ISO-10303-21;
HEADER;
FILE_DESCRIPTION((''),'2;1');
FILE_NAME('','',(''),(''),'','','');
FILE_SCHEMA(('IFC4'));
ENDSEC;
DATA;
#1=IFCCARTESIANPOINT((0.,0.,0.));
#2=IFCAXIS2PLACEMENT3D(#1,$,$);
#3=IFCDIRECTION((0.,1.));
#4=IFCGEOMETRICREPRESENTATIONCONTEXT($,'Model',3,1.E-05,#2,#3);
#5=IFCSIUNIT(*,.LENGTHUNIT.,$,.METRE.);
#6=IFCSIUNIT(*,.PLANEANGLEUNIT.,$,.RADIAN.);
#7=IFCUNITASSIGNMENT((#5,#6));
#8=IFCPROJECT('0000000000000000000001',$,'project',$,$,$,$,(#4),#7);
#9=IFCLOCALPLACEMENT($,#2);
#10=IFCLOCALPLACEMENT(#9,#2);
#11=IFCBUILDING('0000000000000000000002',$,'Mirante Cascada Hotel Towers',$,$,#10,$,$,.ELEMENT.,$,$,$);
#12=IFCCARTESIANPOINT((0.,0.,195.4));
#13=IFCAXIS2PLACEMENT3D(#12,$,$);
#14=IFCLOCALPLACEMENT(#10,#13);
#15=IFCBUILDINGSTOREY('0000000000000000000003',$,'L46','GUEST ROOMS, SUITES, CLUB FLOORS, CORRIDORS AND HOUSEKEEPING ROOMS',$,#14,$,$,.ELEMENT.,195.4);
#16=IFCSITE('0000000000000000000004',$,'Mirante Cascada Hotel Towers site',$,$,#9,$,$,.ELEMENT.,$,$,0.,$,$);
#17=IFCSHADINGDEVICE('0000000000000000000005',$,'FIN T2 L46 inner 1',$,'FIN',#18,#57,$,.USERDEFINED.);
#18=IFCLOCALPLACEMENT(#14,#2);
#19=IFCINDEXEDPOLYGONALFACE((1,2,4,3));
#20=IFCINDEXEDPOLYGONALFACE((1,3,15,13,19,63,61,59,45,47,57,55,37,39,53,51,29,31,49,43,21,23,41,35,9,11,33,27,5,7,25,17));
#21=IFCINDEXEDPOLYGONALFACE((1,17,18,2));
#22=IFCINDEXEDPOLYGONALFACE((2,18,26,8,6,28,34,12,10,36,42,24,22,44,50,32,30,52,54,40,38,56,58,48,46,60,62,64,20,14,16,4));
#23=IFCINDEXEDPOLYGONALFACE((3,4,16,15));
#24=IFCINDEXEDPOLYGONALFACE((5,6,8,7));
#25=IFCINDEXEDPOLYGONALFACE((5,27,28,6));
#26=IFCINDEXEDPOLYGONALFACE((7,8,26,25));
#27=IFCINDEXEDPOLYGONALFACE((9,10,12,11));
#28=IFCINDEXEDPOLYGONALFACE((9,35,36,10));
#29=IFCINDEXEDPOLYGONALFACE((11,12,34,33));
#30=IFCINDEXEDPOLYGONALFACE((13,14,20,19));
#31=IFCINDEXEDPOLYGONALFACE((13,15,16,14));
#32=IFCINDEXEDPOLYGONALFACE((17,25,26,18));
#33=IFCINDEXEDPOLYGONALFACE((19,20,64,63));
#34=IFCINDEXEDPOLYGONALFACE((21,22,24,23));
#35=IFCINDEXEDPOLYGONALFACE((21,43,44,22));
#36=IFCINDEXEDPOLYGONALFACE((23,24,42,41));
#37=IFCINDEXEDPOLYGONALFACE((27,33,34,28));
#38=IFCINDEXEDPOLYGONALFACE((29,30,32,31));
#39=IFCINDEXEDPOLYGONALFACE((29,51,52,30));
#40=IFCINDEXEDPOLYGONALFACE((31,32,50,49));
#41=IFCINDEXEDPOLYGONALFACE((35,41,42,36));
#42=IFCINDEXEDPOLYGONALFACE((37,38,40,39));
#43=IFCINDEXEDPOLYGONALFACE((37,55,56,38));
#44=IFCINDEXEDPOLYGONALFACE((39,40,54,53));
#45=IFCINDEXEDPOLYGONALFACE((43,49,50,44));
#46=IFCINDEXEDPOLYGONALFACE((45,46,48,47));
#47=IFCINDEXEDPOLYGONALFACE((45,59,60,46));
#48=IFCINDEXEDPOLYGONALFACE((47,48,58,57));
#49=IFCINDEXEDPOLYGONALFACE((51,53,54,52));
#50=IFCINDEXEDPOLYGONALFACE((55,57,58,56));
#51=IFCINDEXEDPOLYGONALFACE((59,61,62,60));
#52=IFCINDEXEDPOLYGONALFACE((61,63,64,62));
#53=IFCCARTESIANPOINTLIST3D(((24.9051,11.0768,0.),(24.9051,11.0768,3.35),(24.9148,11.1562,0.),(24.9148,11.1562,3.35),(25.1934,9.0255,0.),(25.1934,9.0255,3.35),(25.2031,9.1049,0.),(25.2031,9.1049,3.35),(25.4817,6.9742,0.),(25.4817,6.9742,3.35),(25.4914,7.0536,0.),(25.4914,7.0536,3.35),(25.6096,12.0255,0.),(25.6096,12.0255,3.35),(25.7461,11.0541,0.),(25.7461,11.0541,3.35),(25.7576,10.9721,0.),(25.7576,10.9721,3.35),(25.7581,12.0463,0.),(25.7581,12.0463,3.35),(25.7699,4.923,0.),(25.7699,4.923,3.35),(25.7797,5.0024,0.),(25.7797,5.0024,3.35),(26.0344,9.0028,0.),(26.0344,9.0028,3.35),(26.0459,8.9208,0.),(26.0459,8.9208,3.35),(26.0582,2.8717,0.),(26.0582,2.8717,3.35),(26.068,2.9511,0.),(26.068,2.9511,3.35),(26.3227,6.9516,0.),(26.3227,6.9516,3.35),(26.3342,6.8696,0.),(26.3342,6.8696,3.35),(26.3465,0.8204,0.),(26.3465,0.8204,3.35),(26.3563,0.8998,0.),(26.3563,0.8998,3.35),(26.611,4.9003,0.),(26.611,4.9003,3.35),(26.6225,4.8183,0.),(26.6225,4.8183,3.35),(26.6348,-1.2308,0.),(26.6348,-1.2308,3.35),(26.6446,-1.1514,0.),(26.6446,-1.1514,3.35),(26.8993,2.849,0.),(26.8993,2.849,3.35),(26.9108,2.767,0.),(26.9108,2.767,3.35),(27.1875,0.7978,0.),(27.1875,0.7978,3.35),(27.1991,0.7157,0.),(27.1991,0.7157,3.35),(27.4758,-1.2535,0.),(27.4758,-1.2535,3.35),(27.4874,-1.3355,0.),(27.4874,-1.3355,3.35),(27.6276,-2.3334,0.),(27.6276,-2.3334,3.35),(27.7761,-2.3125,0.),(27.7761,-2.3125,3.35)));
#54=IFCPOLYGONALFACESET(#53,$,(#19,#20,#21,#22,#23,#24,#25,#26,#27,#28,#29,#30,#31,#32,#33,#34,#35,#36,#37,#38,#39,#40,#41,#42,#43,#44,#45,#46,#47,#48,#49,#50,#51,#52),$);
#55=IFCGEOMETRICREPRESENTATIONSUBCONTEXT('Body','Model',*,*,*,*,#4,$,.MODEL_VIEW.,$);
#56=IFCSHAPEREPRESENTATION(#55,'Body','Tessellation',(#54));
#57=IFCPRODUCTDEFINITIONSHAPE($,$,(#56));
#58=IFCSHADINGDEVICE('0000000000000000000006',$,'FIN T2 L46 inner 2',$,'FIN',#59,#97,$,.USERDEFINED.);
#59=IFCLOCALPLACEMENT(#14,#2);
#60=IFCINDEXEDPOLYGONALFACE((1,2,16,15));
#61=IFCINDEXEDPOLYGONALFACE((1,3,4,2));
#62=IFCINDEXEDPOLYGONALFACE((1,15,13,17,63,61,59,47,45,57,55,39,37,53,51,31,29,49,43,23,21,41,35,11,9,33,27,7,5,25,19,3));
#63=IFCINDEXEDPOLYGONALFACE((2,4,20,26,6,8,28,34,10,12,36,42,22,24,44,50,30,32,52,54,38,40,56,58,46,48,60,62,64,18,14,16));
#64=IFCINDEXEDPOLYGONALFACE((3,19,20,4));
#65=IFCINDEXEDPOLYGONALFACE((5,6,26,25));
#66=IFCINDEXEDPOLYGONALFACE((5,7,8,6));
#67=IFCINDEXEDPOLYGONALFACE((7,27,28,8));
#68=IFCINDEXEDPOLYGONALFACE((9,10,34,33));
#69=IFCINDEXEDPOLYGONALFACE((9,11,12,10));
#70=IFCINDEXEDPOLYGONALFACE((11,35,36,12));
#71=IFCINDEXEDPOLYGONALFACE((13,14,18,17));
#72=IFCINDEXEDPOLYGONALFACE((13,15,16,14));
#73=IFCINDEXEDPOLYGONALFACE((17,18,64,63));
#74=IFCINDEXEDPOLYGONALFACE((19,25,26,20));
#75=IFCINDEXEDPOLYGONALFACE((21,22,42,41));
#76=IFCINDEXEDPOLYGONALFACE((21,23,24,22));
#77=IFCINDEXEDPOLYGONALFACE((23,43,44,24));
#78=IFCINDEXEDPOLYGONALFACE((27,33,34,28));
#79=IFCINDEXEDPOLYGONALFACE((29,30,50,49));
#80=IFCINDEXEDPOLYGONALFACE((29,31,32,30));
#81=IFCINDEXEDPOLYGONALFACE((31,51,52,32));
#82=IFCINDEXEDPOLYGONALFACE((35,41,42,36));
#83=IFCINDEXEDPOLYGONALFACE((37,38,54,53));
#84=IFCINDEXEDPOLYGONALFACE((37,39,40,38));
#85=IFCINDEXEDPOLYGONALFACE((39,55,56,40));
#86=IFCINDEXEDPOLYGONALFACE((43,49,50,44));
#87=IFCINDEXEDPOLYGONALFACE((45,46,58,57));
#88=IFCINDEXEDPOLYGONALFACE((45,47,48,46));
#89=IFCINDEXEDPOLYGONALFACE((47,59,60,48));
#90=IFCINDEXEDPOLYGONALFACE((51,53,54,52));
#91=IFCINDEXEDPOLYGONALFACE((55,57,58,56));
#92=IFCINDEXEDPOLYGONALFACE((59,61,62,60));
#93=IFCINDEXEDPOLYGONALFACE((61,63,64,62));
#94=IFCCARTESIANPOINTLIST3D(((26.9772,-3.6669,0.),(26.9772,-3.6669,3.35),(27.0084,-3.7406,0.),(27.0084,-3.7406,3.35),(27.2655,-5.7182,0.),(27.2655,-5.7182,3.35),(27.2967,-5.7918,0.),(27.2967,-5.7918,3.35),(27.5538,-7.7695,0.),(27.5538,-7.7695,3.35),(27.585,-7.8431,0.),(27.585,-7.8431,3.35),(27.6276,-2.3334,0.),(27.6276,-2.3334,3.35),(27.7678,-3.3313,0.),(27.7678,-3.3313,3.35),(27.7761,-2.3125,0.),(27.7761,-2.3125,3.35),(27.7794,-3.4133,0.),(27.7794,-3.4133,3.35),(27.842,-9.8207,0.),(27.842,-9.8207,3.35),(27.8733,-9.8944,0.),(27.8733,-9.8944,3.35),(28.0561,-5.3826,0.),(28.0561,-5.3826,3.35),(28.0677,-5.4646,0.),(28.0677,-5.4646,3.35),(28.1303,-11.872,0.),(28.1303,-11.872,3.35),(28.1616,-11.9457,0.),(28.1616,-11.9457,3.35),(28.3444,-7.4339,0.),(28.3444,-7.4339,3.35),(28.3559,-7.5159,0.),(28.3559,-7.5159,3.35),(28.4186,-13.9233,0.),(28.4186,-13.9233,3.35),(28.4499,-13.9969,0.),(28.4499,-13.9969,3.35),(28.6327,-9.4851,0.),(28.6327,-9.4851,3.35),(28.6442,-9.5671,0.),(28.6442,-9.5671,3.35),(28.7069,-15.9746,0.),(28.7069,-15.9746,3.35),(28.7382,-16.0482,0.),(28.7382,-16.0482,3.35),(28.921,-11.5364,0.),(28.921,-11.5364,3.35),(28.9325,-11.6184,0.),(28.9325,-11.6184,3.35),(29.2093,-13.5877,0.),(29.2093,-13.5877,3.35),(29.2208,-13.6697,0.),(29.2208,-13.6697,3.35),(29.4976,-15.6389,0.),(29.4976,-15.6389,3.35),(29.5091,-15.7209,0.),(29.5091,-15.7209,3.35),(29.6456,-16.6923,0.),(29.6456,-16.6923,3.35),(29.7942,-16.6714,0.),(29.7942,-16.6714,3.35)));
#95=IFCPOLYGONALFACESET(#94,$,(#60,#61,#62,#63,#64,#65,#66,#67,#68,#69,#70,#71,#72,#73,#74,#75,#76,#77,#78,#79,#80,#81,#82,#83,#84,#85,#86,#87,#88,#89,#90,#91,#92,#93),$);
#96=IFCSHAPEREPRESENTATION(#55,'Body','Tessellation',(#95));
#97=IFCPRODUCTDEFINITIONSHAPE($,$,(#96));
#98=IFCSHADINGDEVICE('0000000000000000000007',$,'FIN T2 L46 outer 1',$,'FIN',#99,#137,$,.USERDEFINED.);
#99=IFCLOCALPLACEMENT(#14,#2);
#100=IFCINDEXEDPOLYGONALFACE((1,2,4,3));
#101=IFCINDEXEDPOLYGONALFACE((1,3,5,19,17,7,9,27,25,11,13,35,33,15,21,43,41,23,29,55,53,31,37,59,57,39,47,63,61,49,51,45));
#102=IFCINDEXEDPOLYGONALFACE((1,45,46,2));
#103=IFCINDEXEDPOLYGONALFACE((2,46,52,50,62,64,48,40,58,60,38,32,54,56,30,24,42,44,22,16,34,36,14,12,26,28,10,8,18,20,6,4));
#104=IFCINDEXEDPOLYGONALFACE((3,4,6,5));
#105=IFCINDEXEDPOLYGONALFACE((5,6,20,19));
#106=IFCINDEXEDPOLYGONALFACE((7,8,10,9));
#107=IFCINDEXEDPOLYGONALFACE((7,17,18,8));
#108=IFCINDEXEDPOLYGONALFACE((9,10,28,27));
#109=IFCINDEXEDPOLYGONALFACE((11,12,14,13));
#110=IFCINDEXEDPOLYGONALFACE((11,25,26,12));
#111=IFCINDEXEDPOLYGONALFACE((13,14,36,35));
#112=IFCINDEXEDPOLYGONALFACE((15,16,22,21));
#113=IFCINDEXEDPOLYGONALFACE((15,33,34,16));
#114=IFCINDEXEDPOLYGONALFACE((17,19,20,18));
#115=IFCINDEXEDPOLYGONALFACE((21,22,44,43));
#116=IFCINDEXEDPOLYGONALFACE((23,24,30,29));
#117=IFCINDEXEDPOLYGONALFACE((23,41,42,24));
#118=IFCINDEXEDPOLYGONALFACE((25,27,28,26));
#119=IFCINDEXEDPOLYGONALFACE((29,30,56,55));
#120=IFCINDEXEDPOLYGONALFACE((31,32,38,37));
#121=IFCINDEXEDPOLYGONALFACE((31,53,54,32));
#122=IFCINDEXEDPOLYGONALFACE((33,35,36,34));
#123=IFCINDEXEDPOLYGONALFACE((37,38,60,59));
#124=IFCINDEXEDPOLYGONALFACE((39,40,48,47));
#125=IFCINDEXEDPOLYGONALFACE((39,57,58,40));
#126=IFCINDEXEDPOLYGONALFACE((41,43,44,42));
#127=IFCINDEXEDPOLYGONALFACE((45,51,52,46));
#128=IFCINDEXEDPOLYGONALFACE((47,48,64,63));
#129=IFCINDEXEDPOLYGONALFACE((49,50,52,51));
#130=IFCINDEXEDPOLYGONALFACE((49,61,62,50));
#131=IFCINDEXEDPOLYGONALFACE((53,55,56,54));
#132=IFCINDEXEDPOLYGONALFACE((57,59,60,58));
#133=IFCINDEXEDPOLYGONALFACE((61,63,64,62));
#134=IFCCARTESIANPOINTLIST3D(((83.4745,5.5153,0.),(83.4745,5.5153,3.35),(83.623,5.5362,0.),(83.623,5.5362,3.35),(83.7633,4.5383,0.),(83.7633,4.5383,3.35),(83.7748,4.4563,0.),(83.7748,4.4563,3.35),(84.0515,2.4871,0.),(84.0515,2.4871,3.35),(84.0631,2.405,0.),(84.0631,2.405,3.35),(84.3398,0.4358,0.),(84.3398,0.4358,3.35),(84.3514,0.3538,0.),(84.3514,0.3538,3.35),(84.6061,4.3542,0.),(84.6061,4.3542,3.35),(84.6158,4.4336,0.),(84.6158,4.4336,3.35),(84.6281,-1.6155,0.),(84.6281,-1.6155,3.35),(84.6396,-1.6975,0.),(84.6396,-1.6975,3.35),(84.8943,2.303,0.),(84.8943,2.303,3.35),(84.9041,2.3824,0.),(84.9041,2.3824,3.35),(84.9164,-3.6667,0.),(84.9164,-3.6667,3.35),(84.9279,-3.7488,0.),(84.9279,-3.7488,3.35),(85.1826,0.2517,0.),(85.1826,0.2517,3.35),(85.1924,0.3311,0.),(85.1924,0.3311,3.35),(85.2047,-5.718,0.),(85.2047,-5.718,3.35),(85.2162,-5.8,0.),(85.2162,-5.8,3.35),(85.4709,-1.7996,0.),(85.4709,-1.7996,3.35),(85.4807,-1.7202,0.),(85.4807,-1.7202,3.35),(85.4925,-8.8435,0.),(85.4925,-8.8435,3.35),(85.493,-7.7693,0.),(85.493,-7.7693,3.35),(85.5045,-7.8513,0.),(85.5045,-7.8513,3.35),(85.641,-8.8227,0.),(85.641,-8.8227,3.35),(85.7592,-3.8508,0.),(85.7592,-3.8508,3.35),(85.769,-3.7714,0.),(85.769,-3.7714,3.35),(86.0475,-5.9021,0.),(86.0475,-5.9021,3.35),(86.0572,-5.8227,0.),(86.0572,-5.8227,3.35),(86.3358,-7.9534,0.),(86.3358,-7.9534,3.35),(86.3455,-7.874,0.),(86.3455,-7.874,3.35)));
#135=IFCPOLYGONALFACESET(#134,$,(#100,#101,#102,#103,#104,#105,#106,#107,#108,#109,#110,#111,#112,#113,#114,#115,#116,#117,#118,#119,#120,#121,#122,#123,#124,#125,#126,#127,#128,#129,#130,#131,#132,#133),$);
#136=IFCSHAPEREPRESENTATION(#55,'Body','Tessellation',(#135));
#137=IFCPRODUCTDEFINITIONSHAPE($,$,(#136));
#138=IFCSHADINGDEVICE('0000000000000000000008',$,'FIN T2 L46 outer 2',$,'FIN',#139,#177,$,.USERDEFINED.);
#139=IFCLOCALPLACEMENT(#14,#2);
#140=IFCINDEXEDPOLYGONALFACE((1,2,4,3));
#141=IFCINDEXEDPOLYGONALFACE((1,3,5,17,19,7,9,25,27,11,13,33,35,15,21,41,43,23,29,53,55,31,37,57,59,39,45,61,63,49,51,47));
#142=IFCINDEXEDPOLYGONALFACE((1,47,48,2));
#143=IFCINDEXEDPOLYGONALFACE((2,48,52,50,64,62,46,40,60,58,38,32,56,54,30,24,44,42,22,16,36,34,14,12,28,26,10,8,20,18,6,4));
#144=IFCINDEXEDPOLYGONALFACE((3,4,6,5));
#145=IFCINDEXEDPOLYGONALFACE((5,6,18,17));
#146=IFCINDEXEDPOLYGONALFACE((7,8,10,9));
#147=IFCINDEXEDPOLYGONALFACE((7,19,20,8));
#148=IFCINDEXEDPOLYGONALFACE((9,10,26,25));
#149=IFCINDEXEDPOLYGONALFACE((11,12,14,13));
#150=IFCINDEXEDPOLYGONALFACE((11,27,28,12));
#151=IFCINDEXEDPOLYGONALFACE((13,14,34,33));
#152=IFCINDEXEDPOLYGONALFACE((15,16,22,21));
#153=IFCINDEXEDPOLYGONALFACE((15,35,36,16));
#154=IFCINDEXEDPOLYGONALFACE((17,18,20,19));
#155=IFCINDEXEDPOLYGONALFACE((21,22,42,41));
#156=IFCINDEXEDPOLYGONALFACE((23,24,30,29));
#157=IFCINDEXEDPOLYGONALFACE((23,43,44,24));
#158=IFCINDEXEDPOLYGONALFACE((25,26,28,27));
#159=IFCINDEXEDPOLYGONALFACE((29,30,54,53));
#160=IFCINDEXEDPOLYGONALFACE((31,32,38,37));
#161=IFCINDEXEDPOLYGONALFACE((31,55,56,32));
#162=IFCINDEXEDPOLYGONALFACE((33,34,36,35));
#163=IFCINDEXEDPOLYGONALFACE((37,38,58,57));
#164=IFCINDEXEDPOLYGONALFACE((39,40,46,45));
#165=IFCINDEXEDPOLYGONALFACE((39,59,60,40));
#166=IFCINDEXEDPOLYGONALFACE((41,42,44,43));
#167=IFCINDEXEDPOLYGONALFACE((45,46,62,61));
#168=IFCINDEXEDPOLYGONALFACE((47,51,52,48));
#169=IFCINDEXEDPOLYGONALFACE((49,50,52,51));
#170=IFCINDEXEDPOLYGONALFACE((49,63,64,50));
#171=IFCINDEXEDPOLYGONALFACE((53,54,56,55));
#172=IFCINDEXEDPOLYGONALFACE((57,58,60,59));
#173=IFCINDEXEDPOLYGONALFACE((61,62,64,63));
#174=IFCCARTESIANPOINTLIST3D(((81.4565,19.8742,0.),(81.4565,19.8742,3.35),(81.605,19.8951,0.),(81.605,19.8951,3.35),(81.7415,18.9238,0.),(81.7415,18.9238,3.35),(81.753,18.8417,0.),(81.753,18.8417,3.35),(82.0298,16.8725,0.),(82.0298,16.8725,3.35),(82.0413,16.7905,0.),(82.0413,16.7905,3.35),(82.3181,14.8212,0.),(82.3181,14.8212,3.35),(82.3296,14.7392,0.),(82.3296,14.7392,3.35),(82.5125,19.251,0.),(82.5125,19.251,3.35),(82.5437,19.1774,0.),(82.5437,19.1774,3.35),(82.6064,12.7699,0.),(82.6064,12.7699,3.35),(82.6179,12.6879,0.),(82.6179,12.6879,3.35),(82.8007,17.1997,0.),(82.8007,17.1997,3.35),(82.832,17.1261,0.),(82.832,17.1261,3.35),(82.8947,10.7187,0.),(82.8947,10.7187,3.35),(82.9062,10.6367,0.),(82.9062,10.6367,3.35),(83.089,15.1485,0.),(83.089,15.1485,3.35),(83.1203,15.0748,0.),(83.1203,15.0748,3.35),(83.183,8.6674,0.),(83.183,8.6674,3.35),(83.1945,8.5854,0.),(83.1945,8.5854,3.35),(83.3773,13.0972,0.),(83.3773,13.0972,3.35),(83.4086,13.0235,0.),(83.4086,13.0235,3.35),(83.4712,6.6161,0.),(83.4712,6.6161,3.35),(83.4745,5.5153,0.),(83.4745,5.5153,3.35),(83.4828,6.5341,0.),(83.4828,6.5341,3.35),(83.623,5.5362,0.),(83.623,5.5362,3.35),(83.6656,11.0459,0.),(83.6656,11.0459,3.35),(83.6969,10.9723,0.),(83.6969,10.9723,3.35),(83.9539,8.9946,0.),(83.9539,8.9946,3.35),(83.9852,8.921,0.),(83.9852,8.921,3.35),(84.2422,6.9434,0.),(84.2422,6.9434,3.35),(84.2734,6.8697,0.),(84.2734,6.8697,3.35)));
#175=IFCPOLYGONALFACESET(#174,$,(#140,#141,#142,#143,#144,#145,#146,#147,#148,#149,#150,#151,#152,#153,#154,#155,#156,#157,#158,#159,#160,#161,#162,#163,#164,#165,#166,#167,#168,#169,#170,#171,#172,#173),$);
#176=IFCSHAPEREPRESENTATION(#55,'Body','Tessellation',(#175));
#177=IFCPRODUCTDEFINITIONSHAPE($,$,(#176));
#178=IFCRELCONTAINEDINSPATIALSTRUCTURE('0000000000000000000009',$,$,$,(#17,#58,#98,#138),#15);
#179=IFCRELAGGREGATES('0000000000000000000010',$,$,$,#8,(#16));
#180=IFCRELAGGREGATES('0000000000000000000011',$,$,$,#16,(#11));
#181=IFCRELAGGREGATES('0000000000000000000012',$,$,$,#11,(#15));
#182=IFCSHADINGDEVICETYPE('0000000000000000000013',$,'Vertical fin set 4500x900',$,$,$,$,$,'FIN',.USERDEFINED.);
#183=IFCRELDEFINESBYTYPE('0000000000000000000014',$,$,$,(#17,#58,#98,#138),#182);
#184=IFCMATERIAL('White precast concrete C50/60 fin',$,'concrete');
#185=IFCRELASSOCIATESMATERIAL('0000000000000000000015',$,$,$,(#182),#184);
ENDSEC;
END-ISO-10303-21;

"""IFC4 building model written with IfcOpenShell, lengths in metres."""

from ifc_helpers import new_model, si_unit, direction, frame, origin, place, context, subcontext, project, spatial, polyline, outline, extrude, material, type_object, element, save


model = new_model("IFC4")

# Units and contexts
model_context = context("Model", 3, precision=1e-05, world=origin(), true_north=direction((0.0, 1.0)))
body_context = subcontext(model_context, "Body", "Model", "MODEL_VIEW")
ifc_project = project(units=[si_unit("LENGTHUNIT", "METRE"), si_unit("PLANEANGLEUNIT", "RADIAN")], contexts=[model_context])

# Site, building, storey
site_placement = place(None, origin())
site = spatial("IfcSite", under=ifc_project, at=site_placement, Name="Mirante Cascada Hotel Towers site", CompositionType="ELEMENT", RefElevation=0.0)
building_placement = place(site_placement, origin())
building = spatial("IfcBuilding", under=site, at=building_placement, Name="Mirante Cascada Hotel Towers", CompositionType="ELEMENT")
storey_placement = place(building_placement, frame((0.0, 0.0, 195.4)))
storey = spatial("IfcBuildingStorey", under=building, at=storey_placement, Name="L46", Description="GUEST ROOMS, SUITES, CLUB FLOORS, CORRIDORS AND HOUSEKEEPING ROOMS", CompositionType="ELEMENT", Elevation=195.4)

# Shading devices
ifc_material_1 = material(Name="White precast concrete C50/60 fin", Category="concrete")
shading_device_type = type_object("IfcShadingDeviceType", Name="Vertical fin set 4500x900", ElementType="FIN", PredefinedType="USERDEFINED", material=ifc_material_1)
shading_device_1_placement = place(storey_placement, origin())
element("IfcShadingDevice", 1, at=shading_device_1_placement, inside=storey, type_object=shading_device_type, Name="FIN T2 L46 inner 1", ObjectType="FIN", PredefinedType="USERDEFINED", context=body_context, shape_type="SweptSolid", body=[
    extrude(outline(polyline([(26.6446, -1.1514), (27.4758, -1.2535), (27.1991, 0.7157), (26.3465, 0.8204), (26.3563, 0.8998), (27.1875, 0.7978), (26.9108, 2.767), (26.0582, 2.8717), (26.068, 2.9511), (26.8993, 2.849), (26.6225, 4.8183), (25.7699, 4.923), (25.7797, 5.0024), (26.611, 4.9003), (26.3342, 6.8696), (25.4817, 6.9742), (25.4914, 7.0536), (26.3227, 6.9516), (26.0459, 8.9208), (25.1934, 9.0255), (25.2031, 9.1049), (26.0344, 9.0028), (25.7576, 10.9721), (24.9051, 11.0768), (24.9148, 11.1562), (25.7461, 11.0541), (25.6096, 12.0255), (25.7581, 12.0463), (27.7761, -2.3125), (27.6276, -2.3334), (27.4874, -1.3355), (26.6348, -1.2308), (26.6446, -1.1514)])), origin(), (0.0, 0.0, 1.0), 3.35),
])
shading_device_2_placement = place(storey_placement, origin())
element("IfcShadingDevice", 2, at=shading_device_2_placement, inside=storey, type_object=shading_device_type, Name="FIN T2 L46 inner 2", ObjectType="FIN", PredefinedType="USERDEFINED", context=body_context, shape_type="SweptSolid", body=[
    extrude(outline(polyline([(28.7069, -15.9746), (29.4976, -15.6389), (29.2208, -13.6697), (28.4499, -13.9969), (28.4186, -13.9233), (29.2093, -13.5877), (28.9325, -11.6184), (28.1616, -11.9457), (28.1303, -11.872), (28.921, -11.5364), (28.6442, -9.5671), (27.8733, -9.8944), (27.842, -9.8207), (28.6327, -9.4851), (28.3559, -7.5159), (27.585, -7.8431), (27.5538, -7.7695), (28.3444, -7.4339), (28.0677, -5.4646), (27.2967, -5.7918), (27.2655, -5.7182), (28.0561, -5.3826), (27.7794, -3.4133), (27.0084, -3.7406), (26.9772, -3.6669), (27.7678, -3.3313), (27.6276, -2.3334), (27.7761, -2.3125), (29.7942, -16.6714), (29.6456, -16.6923), (29.5091, -15.7209), (28.7382, -16.0482), (28.7069, -15.9746)])), origin(), (0.0, 0.0, 1.0), 3.35),
])
shading_device_3_placement = place(storey_placement, origin())
element("IfcShadingDevice", 3, at=shading_device_3_placement, inside=storey, type_object=shading_device_type, Name="FIN T2 L46 outer 1", ObjectType="FIN", PredefinedType="USERDEFINED", context=body_context, shape_type="SweptSolid", body=[
    extrude(outline(polyline([(86.3358, -7.9534), (85.5045, -7.8513), (85.641, -8.8227), (85.4925, -8.8435), (83.4745, 5.5153), (83.623, 5.5362), (83.7633, 4.5383), (84.6158, 4.4336), (84.6061, 4.3542), (83.7748, 4.4563), (84.0515, 2.4871), (84.9041, 2.3824), (84.8943, 2.303), (84.0631, 2.405), (84.3398, 0.4358), (85.1924, 0.3311), (85.1826, 0.2517), (84.3514, 0.3538), (84.6281, -1.6155), (85.4807, -1.7202), (85.4709, -1.7996), (84.6396, -1.6975), (84.9164, -3.6667), (85.769, -3.7714), (85.7592, -3.8508), (84.9279, -3.7488), (85.2047, -5.718), (86.0572, -5.8227), (86.0475, -5.9021), (85.2162, -5.8), (85.493, -7.7693), (86.3455, -7.874), (86.3358, -7.9534)])), origin(), (0.0, 0.0, 1.0), 3.35),
])
shading_device_4_placement = place(storey_placement, origin())
element("IfcShadingDevice", 4, at=shading_device_4_placement, inside=storey, type_object=shading_device_type, Name="FIN T2 L46 outer 2", ObjectType="FIN", PredefinedType="USERDEFINED", context=body_context, shape_type="SweptSolid", body=[
    extrude(outline(polyline([(84.2734, 6.8697), (83.4828, 6.5341), (83.623, 5.5362), (83.4745, 5.5153), (81.4565, 19.8742), (81.605, 19.8951), (81.7415, 18.9238), (82.5125, 19.251), (82.5437, 19.1774), (81.753, 18.8417), (82.0298, 16.8725), (82.8007, 17.1997), (82.832, 17.1261), (82.0413, 16.7905), (82.3181, 14.8212), (83.089, 15.1485), (83.1203, 15.0748), (82.3296, 14.7392), (82.6064, 12.7699), (83.3773, 13.0972), (83.4086, 13.0235), (82.6179, 12.6879), (82.8947, 10.7187), (83.6656, 11.0459), (83.6969, 10.9723), (82.9062, 10.6367), (83.183, 8.6674), (83.9539, 8.9946), (83.9852, 8.921), (83.1945, 8.5854), (83.4712, 6.6161), (84.2422, 6.9434), (84.2734, 6.8697)])), origin(), (0.0, 0.0, 1.0), 3.35),
])

save(model, "model.ifc")
